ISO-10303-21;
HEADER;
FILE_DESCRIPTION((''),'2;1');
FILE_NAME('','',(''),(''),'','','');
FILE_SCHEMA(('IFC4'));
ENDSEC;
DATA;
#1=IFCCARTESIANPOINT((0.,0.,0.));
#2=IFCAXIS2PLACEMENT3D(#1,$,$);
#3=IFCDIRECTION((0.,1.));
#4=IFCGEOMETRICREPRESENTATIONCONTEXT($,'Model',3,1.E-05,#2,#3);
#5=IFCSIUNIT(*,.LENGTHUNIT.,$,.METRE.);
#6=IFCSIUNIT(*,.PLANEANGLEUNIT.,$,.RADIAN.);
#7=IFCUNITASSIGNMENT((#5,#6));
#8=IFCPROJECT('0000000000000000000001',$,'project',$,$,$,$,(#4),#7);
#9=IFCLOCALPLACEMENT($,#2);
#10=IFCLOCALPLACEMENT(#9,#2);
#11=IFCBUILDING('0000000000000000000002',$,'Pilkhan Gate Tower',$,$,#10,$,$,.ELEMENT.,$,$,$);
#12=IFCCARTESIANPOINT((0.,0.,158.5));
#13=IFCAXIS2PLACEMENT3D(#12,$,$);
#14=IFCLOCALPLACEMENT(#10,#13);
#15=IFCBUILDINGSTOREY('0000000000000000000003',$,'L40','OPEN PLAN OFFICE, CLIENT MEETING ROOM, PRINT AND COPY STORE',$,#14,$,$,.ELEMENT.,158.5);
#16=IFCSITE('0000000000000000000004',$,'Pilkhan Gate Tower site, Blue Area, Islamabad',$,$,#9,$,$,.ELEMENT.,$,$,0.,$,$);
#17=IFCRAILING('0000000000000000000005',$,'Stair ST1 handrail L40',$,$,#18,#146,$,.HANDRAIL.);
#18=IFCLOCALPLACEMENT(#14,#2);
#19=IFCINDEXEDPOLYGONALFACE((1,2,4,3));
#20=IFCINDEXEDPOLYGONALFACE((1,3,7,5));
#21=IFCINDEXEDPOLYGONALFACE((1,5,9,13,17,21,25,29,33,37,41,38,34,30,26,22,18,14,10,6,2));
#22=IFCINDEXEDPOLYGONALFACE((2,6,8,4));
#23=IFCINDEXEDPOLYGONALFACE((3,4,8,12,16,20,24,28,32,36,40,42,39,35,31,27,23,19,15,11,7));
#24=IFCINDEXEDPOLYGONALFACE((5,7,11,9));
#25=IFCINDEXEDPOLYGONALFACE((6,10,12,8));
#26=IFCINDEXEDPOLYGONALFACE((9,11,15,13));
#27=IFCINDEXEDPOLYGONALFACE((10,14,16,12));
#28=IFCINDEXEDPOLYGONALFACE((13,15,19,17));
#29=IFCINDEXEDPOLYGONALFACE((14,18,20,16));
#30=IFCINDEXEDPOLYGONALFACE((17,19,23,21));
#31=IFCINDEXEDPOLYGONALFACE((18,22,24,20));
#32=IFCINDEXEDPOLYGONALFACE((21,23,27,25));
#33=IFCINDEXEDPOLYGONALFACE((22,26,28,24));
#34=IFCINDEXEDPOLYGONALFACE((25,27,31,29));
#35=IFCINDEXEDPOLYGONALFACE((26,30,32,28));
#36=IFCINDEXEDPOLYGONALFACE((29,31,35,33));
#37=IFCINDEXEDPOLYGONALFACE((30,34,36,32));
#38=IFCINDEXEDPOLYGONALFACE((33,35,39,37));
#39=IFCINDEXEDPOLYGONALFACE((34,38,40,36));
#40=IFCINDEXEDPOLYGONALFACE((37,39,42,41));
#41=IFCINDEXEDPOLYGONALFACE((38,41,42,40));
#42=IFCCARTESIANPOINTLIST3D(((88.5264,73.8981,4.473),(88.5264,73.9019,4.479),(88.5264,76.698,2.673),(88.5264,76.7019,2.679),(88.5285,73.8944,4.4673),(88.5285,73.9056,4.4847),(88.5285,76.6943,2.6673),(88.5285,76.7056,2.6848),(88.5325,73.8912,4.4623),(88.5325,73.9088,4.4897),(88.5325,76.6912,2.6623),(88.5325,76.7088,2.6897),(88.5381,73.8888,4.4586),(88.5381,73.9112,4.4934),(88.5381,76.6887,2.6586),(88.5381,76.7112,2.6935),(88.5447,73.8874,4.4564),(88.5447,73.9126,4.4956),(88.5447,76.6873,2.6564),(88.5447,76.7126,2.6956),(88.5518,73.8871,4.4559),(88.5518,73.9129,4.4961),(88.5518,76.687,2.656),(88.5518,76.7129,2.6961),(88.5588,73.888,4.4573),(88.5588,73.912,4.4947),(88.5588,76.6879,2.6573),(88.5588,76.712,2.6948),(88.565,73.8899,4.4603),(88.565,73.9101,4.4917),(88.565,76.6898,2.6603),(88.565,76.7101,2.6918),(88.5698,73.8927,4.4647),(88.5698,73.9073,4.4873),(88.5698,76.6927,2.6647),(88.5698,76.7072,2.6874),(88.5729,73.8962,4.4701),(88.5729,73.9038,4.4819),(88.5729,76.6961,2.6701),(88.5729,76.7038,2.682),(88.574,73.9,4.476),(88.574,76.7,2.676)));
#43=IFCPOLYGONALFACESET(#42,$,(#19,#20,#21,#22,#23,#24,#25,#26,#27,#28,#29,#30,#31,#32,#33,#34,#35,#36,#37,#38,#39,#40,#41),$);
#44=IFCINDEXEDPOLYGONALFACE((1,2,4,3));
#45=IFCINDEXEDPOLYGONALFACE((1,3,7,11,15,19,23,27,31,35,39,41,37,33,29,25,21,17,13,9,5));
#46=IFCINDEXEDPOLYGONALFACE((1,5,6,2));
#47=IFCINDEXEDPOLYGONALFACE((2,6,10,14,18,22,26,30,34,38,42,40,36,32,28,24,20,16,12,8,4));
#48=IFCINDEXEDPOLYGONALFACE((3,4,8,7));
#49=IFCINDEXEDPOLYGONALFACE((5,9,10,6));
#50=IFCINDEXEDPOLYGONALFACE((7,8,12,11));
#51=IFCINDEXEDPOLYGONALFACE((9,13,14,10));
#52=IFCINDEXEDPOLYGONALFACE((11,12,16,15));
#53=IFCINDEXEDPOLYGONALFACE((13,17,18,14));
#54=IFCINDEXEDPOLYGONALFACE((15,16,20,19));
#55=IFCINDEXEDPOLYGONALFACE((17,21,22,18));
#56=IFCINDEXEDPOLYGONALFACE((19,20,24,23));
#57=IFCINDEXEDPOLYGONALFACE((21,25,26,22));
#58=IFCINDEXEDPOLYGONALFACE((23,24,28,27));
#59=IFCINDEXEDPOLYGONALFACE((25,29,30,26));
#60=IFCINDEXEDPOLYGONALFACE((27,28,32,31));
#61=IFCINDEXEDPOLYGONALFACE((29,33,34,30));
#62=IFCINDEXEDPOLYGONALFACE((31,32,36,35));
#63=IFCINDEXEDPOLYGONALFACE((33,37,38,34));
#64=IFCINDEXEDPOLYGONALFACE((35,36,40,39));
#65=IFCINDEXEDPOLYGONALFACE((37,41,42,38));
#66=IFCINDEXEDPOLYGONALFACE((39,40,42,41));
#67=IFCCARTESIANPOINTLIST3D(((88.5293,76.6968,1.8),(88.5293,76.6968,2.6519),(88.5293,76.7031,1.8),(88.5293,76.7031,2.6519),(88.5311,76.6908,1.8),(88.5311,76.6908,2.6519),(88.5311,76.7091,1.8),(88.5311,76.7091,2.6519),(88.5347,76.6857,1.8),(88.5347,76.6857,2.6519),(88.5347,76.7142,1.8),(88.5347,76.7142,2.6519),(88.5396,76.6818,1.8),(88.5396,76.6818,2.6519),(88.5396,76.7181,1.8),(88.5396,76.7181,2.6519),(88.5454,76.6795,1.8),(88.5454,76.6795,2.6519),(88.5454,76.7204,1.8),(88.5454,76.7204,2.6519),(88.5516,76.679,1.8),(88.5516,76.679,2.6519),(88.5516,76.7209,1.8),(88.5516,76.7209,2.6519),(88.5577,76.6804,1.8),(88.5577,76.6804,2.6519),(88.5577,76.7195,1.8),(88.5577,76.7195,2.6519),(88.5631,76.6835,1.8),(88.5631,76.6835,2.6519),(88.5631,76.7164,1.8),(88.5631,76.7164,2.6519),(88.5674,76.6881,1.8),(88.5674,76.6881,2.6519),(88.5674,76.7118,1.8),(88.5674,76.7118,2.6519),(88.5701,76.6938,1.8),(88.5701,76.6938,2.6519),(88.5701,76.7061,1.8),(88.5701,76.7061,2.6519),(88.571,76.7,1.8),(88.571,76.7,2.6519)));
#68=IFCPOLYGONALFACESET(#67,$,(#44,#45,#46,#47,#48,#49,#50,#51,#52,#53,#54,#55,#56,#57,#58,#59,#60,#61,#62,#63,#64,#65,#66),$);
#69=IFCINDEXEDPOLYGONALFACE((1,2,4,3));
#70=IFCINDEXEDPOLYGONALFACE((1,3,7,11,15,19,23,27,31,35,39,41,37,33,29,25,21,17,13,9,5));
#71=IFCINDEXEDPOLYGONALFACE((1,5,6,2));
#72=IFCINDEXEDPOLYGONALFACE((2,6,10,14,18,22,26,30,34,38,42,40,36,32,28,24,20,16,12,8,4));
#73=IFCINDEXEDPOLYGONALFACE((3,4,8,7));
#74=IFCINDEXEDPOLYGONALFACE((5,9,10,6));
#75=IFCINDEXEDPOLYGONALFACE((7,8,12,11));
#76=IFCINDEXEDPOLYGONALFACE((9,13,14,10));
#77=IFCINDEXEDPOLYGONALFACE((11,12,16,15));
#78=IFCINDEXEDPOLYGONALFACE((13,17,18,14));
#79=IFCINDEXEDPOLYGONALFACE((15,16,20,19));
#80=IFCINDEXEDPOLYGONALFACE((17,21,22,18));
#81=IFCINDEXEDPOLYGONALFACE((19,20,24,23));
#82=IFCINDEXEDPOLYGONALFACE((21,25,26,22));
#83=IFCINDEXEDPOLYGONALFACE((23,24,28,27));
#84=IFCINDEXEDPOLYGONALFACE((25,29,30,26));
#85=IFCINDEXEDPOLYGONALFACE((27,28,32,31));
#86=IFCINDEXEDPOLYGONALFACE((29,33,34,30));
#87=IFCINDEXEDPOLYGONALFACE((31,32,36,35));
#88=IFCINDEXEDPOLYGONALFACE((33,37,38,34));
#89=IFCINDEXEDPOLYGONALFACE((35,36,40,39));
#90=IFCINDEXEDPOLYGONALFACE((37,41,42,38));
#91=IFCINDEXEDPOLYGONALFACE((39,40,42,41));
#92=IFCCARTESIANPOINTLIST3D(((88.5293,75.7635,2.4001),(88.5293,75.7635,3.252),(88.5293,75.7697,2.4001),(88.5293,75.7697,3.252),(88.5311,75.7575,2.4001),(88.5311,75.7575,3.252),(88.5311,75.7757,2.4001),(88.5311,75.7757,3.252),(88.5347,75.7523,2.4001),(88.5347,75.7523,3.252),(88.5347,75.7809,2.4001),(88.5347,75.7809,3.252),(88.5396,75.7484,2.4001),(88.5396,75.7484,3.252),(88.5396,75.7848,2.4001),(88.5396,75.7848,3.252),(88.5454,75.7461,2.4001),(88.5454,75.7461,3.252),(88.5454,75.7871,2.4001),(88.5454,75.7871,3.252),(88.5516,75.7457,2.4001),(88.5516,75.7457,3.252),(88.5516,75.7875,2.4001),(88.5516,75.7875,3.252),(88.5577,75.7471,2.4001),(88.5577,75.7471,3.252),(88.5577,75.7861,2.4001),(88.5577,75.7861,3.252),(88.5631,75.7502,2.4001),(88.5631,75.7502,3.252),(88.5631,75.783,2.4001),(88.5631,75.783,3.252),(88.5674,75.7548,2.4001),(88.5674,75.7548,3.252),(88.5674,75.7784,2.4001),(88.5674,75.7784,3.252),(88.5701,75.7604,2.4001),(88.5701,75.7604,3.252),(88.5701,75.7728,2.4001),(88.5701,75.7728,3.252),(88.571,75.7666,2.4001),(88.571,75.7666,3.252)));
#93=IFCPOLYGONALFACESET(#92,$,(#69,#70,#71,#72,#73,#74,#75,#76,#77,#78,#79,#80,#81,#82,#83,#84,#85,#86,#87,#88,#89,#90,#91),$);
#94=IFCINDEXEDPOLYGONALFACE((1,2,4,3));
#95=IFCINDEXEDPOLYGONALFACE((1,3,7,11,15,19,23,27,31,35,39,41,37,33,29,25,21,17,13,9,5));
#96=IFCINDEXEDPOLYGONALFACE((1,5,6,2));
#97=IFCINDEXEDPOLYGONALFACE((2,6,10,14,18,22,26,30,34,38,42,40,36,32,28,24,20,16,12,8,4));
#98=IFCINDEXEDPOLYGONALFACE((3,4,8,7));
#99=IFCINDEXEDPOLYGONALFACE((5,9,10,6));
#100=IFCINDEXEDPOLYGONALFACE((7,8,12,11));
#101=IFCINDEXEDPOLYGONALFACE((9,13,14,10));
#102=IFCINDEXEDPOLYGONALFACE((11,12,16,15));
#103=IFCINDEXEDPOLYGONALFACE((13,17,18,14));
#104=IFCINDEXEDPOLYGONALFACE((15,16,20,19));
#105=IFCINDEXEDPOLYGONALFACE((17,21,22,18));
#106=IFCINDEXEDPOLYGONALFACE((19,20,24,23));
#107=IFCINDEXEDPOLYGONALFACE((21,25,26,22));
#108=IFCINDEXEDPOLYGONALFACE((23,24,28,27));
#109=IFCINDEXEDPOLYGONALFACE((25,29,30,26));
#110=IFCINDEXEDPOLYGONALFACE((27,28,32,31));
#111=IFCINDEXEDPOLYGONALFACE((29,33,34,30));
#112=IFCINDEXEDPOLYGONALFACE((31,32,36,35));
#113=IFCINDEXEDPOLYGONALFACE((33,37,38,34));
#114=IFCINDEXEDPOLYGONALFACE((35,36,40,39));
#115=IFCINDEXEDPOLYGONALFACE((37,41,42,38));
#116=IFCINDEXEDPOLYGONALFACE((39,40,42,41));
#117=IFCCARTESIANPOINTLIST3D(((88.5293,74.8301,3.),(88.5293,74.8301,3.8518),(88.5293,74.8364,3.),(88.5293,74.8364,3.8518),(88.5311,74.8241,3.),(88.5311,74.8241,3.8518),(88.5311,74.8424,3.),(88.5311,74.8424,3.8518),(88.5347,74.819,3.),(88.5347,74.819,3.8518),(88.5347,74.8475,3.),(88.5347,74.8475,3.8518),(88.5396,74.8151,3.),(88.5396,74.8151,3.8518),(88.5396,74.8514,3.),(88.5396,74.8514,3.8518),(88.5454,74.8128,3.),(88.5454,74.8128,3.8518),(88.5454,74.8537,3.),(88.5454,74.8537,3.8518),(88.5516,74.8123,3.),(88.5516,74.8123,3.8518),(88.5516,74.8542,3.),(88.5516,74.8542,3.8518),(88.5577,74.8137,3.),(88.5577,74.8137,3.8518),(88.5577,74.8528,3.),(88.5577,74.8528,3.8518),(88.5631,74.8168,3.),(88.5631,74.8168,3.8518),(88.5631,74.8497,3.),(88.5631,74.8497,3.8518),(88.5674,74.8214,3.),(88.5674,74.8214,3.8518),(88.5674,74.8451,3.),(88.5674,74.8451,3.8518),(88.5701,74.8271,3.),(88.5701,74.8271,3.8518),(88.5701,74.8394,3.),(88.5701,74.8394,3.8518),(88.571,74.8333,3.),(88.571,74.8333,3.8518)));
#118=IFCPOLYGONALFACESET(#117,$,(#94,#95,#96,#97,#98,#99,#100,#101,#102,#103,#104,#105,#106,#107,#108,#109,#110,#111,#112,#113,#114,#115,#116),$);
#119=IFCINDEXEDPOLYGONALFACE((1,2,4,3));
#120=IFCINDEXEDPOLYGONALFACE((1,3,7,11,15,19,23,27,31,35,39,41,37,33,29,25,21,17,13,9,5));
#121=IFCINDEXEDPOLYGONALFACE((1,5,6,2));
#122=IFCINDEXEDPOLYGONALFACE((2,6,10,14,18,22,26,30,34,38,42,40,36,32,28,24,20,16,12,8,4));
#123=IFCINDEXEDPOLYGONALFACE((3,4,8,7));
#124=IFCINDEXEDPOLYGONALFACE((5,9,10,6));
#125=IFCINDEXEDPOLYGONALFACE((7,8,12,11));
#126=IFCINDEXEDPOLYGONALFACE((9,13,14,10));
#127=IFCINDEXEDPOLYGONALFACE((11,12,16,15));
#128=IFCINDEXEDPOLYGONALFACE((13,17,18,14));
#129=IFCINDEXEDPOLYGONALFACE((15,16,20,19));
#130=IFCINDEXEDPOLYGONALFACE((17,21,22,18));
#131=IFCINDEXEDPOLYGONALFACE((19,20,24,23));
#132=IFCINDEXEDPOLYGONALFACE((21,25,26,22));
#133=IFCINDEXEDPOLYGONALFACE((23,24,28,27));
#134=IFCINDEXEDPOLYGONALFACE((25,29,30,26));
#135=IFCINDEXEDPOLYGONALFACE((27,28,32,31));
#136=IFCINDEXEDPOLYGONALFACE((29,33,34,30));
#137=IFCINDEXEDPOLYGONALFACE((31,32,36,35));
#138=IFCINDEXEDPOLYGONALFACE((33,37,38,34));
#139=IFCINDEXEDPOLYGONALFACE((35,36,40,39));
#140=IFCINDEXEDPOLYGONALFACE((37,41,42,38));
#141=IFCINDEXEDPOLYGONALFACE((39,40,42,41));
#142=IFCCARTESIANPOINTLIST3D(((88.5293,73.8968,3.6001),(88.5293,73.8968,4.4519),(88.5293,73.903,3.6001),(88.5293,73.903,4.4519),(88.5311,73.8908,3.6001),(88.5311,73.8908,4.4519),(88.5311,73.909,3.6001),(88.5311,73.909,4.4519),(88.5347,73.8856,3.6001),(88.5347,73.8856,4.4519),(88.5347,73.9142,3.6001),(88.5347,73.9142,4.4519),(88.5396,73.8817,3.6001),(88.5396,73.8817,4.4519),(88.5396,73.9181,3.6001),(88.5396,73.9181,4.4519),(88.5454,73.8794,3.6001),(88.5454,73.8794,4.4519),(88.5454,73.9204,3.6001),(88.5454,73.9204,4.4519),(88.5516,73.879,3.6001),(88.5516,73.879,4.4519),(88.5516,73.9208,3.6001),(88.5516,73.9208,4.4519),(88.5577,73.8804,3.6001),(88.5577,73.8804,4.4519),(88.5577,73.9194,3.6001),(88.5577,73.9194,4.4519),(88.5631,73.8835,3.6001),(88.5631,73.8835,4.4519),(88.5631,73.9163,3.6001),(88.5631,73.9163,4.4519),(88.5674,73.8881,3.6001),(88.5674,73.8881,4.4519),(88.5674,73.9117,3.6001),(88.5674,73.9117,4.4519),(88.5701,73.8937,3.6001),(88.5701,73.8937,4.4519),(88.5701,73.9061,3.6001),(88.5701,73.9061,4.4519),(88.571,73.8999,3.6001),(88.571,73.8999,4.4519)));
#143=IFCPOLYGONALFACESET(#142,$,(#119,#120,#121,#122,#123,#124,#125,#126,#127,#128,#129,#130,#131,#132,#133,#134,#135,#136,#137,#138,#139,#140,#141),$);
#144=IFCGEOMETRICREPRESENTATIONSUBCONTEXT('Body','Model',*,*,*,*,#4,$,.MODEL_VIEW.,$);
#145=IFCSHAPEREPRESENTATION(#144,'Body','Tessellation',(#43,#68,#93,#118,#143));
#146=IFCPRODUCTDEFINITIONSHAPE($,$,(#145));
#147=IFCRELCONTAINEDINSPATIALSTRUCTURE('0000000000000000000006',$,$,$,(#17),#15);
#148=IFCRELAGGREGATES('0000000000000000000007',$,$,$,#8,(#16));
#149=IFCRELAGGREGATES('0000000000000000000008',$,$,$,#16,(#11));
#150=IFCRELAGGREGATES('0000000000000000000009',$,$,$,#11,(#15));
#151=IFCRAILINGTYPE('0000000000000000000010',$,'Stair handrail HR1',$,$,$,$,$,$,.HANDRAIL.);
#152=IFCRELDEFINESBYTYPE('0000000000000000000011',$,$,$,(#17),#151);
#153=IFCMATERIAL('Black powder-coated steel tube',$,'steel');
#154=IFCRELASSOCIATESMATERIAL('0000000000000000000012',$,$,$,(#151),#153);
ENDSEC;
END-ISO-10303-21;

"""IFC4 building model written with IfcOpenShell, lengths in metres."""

from ifc_helpers import new_model, si_unit, direction, frame, origin, origin_2d, place, context, subcontext, project, spatial, circle, extrude, material, type_object, element, save


model = new_model("IFC4")

# Units and contexts
model_context = context("Model", 3, precision=1e-05, world=origin(), true_north=direction((0.0, 1.0)))
body_context = subcontext(model_context, "Body", "Model", "MODEL_VIEW")
ifc_project = project(units=[si_unit("LENGTHUNIT", "METRE"), si_unit("PLANEANGLEUNIT", "RADIAN")], contexts=[model_context])

# Site, building, storey
site_placement = place(None, origin())
site = spatial("IfcSite", under=ifc_project, at=site_placement, Name="Pilkhan Gate Tower site, Blue Area, Islamabad", CompositionType="ELEMENT", RefElevation=0.0)
building_placement = place(site_placement, origin())
building = spatial("IfcBuilding", under=site, at=building_placement, Name="Pilkhan Gate Tower", CompositionType="ELEMENT")
storey_placement = place(building_placement, frame((0.0, 0.0, 158.5)))
storey = spatial("IfcBuildingStorey", under=building, at=storey_placement, Name="L40", Description="OPEN PLAN OFFICE, CLIENT MEETING ROOM, PRINT AND COPY STORE", CompositionType="ELEMENT", Elevation=158.5)

# Railing
ifc_material_1 = material(Name="Black powder-coated steel tube", Category="steel")
railing_type_1 = type_object("IfcRailingType", Name="Stair handrail HR1", PredefinedType="HANDRAIL", material=ifc_material_1)
railing_1_placement = place(storey_placement, frame((88.55, 76.7, 1.8)))
element("IfcRailing", 1, at=railing_1_placement, inside=storey, type_object=railing_type_1, Name="Stair ST1 handrail L40", PredefinedType="HANDRAIL", context=body_context, shape_type="SweptSolid", body=[
    extrude(circle(Radius=0.0239, at=origin_2d()), frame((0.0, 0.0, 0.876), z_axis=(0.0, -0.841176, 0.540761), x_axis=(1.0, 0.0, 0.0)), (0.0, 0.0, 1.0), 3.3286),
    extrude(circle(Radius=0.021, at=origin_2d()), origin(), (0.0, 0.0, 1.0), 0.8518),
    extrude(circle(Radius=0.021, at=origin_2d()), frame((0.0, -0.9333, 0.6001)), (0.0, 0.0, 1.0), 0.8518),
    extrude(circle(Radius=0.021, at=origin_2d()), frame((0.0, -1.8667, 1.2)), (0.0, 0.0, 1.0), 0.8518),
    extrude(circle(Radius=0.021, at=origin_2d()), frame((0.0, -2.8, 1.8)), (0.0, 0.0, 1.0), 0.8518),
])

save(model, "model.ifc")
